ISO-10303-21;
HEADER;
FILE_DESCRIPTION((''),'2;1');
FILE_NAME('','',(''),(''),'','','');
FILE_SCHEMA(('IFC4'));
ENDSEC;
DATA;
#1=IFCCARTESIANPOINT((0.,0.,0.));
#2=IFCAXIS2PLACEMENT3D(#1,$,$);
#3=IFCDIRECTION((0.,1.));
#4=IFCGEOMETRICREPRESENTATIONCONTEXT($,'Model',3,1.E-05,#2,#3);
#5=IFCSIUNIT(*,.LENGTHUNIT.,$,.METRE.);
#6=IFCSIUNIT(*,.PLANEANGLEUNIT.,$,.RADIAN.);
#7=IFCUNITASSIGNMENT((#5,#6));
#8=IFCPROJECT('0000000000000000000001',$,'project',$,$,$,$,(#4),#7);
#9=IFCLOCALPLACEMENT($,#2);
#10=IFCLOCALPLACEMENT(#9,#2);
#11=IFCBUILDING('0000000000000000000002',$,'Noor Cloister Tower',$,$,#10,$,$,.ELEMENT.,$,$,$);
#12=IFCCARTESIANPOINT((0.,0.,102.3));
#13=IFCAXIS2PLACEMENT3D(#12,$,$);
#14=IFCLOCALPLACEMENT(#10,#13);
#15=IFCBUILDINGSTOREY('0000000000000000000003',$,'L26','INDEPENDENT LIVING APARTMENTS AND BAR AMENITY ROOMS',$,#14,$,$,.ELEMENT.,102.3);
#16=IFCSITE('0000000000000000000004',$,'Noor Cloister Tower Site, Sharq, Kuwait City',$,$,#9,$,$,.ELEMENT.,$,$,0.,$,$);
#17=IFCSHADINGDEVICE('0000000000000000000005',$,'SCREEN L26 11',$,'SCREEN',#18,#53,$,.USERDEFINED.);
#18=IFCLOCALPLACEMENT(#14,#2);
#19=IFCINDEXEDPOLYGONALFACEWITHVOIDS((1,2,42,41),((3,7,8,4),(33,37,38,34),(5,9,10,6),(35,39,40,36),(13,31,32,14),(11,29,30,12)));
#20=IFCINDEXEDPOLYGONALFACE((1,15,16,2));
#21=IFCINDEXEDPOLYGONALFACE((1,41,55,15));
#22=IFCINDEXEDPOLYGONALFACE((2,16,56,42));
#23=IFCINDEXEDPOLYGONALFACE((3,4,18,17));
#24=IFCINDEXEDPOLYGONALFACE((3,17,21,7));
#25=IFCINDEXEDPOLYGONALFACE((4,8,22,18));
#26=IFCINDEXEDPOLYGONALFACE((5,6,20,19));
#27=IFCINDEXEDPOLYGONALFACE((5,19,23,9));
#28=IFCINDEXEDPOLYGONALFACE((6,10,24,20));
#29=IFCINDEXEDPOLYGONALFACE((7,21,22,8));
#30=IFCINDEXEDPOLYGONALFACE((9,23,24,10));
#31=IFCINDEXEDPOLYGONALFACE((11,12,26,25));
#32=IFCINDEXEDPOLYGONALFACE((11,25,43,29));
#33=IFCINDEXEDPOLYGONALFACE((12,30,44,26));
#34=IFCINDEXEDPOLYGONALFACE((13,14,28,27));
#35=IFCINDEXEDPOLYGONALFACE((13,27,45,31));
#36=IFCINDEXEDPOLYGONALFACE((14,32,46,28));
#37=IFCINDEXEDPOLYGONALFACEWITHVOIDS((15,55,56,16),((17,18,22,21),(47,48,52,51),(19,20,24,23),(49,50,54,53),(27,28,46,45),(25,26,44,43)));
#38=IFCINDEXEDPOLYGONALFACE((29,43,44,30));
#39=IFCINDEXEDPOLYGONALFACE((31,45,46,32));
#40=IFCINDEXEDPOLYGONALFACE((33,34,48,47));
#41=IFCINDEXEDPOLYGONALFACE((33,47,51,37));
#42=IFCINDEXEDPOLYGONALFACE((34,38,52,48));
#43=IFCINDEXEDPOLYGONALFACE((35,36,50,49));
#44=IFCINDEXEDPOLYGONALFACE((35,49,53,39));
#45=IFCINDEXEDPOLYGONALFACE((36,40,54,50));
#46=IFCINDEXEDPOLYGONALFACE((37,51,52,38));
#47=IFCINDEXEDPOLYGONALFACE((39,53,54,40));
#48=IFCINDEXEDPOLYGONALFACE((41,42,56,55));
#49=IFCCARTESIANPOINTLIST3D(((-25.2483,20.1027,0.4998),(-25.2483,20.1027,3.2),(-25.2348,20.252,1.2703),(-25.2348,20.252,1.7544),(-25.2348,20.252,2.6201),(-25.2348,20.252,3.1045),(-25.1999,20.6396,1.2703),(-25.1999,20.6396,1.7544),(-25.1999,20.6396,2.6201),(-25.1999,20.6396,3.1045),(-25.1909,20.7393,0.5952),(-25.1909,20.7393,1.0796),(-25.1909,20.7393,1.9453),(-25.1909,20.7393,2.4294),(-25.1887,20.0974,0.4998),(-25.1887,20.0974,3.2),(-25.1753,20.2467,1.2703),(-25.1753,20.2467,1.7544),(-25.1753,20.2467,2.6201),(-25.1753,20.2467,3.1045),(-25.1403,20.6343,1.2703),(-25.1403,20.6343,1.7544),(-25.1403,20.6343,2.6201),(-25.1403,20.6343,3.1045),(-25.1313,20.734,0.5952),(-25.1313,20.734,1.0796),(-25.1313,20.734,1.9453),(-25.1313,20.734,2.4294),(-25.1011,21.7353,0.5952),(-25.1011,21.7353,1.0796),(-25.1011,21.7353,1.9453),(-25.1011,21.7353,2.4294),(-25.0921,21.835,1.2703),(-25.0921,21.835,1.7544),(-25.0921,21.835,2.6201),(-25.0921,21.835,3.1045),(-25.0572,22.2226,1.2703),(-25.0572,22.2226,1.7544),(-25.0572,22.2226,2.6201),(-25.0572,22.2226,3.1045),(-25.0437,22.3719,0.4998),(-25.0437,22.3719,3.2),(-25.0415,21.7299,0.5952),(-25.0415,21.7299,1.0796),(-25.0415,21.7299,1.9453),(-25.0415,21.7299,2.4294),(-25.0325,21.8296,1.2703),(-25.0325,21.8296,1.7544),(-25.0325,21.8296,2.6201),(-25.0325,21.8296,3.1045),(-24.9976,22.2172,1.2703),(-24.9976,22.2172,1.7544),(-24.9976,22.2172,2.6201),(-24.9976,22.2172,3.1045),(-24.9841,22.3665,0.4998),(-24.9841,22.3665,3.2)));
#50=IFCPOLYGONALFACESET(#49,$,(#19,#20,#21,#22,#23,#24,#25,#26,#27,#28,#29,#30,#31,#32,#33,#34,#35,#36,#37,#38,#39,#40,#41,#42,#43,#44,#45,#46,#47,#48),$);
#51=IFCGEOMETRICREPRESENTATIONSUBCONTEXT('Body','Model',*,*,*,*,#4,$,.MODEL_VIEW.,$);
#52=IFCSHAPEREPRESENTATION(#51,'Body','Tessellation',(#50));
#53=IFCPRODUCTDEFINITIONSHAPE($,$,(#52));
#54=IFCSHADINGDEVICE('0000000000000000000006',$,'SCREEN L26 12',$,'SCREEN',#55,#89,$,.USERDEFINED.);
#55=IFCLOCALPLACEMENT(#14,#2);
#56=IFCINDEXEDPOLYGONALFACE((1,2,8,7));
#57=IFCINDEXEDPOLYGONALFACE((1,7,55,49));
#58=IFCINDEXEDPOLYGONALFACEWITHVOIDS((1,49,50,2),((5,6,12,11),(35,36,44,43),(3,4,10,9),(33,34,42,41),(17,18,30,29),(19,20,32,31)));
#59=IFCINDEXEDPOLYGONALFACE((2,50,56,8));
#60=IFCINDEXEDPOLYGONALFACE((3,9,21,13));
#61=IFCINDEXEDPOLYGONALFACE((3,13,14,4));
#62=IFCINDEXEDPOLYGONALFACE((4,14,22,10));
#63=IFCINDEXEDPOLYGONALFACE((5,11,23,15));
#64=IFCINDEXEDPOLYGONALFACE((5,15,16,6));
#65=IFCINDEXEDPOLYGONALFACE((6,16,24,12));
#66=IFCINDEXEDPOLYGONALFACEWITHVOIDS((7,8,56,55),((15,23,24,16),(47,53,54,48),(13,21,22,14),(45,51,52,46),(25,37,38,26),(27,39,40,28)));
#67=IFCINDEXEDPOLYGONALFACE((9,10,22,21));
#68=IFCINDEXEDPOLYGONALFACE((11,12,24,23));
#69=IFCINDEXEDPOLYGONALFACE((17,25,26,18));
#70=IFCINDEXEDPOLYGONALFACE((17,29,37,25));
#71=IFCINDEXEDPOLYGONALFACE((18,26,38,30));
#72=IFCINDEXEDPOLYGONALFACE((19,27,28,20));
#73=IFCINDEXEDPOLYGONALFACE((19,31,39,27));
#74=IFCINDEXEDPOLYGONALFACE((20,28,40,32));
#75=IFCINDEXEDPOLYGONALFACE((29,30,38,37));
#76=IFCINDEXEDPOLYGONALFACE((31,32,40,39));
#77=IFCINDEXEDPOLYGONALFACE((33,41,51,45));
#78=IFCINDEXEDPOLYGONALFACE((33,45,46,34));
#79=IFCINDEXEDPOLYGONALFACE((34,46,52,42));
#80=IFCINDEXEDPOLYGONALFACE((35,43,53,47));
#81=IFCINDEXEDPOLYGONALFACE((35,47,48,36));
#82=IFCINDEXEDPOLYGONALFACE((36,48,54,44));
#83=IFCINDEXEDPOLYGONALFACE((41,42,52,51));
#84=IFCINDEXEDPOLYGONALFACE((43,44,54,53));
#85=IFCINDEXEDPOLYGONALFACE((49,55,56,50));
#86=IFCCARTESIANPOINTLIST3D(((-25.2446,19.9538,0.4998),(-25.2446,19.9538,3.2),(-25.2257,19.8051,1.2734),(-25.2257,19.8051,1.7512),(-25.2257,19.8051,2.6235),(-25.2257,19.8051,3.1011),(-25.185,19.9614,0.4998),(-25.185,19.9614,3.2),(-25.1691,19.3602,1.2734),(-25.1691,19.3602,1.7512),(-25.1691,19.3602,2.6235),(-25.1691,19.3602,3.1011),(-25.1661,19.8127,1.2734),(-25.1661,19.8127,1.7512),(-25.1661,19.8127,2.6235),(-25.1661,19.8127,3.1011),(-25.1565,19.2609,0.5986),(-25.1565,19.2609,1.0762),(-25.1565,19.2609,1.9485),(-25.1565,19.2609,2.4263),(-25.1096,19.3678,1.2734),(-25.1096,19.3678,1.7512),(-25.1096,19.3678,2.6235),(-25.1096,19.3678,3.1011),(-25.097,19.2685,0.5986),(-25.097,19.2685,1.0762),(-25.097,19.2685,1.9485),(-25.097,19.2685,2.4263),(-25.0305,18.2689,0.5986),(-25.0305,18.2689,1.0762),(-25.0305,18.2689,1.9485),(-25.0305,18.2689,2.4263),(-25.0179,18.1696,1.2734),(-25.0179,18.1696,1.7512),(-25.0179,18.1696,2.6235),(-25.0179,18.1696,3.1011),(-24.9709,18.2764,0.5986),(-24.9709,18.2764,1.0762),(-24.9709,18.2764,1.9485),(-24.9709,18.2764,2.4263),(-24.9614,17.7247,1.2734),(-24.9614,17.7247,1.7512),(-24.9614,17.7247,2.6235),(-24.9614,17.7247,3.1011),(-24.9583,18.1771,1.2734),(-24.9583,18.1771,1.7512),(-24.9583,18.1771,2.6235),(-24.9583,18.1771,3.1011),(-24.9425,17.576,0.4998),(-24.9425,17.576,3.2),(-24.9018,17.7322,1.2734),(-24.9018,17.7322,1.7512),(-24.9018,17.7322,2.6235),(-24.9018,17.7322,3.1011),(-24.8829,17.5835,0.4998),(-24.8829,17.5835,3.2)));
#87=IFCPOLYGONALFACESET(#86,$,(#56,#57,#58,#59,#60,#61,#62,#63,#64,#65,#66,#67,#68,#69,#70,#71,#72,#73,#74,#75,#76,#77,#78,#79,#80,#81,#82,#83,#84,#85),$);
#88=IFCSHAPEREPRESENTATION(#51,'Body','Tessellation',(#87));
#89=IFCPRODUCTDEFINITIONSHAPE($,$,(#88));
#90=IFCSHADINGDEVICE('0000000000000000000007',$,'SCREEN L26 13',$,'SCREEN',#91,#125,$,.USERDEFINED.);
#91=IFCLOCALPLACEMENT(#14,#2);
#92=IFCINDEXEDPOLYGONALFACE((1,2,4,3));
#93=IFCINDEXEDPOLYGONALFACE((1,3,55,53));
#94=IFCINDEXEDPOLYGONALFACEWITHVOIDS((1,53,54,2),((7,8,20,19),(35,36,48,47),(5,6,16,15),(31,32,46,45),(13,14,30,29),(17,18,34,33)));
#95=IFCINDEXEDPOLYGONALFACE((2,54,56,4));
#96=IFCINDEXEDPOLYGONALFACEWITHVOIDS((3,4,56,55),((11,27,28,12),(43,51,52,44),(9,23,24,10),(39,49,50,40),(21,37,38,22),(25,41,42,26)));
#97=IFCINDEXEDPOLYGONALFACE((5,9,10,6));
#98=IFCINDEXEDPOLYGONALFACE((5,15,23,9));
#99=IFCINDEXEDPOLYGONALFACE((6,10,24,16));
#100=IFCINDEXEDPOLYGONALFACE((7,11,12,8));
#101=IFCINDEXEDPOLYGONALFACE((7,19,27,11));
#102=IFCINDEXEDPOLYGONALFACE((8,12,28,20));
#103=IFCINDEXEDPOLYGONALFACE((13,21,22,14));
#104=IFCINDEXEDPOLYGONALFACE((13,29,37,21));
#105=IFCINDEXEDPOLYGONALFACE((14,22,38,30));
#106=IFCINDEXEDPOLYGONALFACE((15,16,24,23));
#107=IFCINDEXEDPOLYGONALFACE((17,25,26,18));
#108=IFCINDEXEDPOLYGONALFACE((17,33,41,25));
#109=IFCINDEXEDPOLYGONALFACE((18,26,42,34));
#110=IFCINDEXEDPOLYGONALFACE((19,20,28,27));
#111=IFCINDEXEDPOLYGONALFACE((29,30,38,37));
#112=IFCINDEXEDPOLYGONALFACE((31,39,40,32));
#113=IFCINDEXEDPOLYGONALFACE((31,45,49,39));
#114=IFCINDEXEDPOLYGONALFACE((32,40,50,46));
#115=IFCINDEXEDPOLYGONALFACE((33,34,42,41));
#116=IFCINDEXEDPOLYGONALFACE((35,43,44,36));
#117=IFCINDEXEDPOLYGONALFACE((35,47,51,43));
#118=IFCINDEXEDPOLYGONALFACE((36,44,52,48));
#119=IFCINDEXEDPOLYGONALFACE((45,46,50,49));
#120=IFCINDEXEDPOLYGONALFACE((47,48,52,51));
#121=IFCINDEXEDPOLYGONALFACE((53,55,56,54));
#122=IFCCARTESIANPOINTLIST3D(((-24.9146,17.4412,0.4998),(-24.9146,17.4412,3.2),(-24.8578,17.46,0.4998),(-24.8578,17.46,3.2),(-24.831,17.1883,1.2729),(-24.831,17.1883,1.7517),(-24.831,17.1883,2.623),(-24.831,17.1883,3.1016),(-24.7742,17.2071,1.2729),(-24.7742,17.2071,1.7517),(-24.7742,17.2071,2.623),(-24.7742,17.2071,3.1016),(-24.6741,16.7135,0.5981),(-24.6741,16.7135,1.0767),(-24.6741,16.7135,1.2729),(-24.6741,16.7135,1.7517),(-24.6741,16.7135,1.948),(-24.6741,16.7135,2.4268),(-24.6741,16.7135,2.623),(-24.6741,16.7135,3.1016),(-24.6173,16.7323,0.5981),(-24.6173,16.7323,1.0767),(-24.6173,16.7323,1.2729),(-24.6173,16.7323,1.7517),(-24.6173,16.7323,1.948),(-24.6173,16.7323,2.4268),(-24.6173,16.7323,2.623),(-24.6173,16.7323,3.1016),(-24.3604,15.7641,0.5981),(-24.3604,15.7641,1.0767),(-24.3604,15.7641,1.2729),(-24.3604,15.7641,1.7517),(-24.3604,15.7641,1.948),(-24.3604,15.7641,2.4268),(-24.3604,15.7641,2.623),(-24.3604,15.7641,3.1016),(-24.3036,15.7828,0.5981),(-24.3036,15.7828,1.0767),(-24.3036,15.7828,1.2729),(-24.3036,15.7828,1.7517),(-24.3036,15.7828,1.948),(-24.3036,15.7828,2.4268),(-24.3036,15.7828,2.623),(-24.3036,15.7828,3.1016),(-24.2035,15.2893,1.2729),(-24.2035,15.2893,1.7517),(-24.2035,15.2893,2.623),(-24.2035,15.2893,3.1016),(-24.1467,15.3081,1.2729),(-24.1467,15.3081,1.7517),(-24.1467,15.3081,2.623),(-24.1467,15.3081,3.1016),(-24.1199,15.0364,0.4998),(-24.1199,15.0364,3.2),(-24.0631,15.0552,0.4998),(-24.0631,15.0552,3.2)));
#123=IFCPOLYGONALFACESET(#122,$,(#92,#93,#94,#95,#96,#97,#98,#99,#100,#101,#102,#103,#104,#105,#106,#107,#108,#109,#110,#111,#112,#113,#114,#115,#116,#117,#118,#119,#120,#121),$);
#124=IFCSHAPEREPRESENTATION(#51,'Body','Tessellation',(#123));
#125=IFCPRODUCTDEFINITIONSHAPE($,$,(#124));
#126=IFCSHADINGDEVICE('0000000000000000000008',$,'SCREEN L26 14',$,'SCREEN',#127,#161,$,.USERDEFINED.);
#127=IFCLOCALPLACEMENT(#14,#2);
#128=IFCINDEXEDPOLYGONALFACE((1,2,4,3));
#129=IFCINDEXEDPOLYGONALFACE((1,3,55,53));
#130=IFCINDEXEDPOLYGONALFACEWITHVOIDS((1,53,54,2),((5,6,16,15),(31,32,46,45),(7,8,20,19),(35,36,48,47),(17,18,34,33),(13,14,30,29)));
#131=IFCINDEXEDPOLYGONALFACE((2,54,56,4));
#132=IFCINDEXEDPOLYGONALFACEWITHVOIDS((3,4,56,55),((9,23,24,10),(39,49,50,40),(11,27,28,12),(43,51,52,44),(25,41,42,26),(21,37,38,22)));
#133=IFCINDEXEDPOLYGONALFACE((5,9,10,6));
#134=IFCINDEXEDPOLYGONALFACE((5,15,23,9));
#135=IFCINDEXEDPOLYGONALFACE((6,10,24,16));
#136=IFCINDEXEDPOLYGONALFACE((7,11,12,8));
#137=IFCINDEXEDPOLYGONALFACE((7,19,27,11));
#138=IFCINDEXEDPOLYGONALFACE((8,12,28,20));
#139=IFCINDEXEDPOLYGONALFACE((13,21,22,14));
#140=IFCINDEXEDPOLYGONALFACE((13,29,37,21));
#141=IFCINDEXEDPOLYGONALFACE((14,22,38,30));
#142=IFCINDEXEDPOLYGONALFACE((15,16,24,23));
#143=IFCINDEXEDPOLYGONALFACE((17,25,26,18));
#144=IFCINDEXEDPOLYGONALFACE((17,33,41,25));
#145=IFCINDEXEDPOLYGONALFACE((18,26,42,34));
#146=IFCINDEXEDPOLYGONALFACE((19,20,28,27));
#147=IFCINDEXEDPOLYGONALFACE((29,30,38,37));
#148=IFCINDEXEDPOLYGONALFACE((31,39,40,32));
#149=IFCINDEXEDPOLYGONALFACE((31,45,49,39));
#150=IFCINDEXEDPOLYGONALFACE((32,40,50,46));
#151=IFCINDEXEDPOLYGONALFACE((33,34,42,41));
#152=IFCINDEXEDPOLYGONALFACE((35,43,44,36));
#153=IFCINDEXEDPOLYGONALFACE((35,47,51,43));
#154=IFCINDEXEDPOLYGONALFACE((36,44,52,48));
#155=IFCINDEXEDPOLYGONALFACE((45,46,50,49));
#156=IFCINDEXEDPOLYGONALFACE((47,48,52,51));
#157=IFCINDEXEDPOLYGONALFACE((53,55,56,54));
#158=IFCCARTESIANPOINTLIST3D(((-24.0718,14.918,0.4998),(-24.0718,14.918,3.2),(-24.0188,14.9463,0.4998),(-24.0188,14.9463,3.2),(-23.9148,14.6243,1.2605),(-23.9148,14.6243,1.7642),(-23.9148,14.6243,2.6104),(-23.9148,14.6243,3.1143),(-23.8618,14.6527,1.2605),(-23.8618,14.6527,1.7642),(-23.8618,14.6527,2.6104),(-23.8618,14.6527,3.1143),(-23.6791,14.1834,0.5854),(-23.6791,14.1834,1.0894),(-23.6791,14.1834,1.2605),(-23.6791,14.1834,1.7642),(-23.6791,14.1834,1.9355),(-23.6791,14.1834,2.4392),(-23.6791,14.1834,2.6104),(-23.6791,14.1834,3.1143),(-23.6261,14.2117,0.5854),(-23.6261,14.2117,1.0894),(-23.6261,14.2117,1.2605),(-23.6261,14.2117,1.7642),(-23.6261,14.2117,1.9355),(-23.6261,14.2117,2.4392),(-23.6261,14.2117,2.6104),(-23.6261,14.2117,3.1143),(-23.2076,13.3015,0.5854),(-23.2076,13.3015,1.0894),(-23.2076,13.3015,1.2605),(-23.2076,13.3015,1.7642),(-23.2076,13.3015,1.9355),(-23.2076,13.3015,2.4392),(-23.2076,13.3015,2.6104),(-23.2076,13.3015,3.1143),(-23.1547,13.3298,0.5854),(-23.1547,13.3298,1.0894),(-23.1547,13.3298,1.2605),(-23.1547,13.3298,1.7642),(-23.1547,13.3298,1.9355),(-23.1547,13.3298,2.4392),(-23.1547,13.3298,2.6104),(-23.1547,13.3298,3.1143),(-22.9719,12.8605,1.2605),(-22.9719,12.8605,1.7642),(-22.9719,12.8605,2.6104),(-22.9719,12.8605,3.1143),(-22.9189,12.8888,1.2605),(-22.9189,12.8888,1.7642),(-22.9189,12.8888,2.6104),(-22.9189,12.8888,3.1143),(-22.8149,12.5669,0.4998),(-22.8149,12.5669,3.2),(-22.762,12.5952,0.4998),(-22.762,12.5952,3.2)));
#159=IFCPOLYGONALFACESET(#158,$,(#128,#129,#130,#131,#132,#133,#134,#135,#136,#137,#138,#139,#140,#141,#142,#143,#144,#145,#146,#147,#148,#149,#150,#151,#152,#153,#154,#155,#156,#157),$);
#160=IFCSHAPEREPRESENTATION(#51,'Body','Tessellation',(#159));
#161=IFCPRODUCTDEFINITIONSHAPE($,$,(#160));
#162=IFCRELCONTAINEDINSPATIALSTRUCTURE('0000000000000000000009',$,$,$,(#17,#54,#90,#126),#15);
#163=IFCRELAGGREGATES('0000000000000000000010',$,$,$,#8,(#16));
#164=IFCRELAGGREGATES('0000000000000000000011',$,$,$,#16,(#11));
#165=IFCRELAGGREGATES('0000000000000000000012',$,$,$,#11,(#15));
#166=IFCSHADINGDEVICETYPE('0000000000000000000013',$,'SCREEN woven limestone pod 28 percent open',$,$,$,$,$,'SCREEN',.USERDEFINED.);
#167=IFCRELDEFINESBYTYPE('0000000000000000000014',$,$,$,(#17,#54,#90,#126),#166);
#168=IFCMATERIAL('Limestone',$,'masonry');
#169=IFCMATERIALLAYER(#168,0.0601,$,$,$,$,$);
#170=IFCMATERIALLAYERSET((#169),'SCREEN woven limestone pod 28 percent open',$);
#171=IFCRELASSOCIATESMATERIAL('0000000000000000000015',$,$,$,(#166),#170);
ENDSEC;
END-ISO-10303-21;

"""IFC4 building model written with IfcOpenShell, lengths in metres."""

from ifc_helpers import new_model, si_unit, direction, frame, origin, place, context, subcontext, project, spatial, polyline, outline, extrude, material, layer, layer_set, type_object, element, save


model = new_model("IFC4")

# Units and contexts
model_context = context("Model", 3, precision=1e-05, world=origin(), true_north=direction((0.0, 1.0)))
body_context = subcontext(model_context, "Body", "Model", "MODEL_VIEW")
ifc_project = project(units=[si_unit("LENGTHUNIT", "METRE"), si_unit("PLANEANGLEUNIT", "RADIAN")], contexts=[model_context])

# Site, building, storey
site_placement = place(None, origin())
site = spatial("IfcSite", under=ifc_project, at=site_placement, Name="Noor Cloister Tower Site, Sharq, Kuwait City", CompositionType="ELEMENT", RefElevation=0.0)
building_placement = place(site_placement, origin())
building = spatial("IfcBuilding", under=site, at=building_placement, Name="Noor Cloister Tower", CompositionType="ELEMENT")
storey_placement = place(building_placement, frame((0.0, 0.0, 102.3)))
storey = spatial("IfcBuildingStorey", under=building, at=storey_placement, Name="L26", Description="INDEPENDENT LIVING APARTMENTS AND BAR AMENITY ROOMS", CompositionType="ELEMENT", Elevation=102.3)

# Shading devices
ifc_material_1 = material(Name="Limestone", Category="masonry")
ifc_layer_1 = layer(ifc_material_1, 0.0601)
ifc_layer_set_1 = layer_set([ifc_layer_1], Name="SCREEN woven limestone pod 28 percent open")
shading_device_type = type_object("IfcShadingDeviceType", Name="SCREEN woven limestone pod 28 percent open", ElementType="SCREEN", PredefinedType="USERDEFINED", material=ifc_layer_set_1)
shading_device_1_placement = place(storey_placement, frame((-25.0864, 21.2319, 1.8499), z_axis=(-0.99596, 0.0898, 0.0), x_axis=(-0.0898, -0.99596, 0.0)))
element("IfcShadingDevice", 1, at=shading_device_1_placement, inside=storey, type_object=shading_device_type, Name="SCREEN L26 11", ObjectType="SCREEN", PredefinedType="USERDEFINED", context=body_context, shape_type="SweptSolid", body=[
    extrude(outline(polyline([(-1.1392, -1.3501), (1.1392, -1.3501), (1.1392, 1.3501), (-1.1392, 1.3501), (-1.1392, -1.3501)]), holes=[polyline([(-0.5, -1.2546), (0.5, -1.2546), (0.5, -0.7703), (-0.5, -0.7703), (-0.5, -1.2546)]), polyline([(0.6001, -0.5796), (0.9893, -0.5796), (0.9893, -0.0955), (0.6001, -0.0955), (0.6001, -0.5796)]), polyline([(-0.9893, -0.5796), (-0.6001, -0.5796), (-0.6001, -0.0955), (-0.9893, -0.0955), (-0.9893, -0.5796)]), polyline([(-0.5, 0.0955), (0.5, 0.0955), (0.5, 0.5796), (-0.5, 0.5796), (-0.5, 0.0955)]), polyline([(0.6001, 0.7703), (0.9893, 0.7703), (0.9893, 1.2546), (0.6001, 1.2546), (0.6001, 0.7703)]), polyline([(-0.9893, 0.7703), (-0.6001, 0.7703), (-0.6001, 1.2546), (-0.9893, 1.2546), (-0.9893, 0.7703)])]), origin(), (0.0, 0.0, 1.0), 0.0598),
])
shading_device_2_placement = place(storey_placement, frame((-25.0339, 18.7725, 1.8499), z_axis=(-0.992026, -0.126036, 0.0), x_axis=(0.126036, -0.992026, 0.0)))
element("IfcShadingDevice", 2, at=shading_device_2_placement, inside=storey, type_object=shading_device_type, Name="SCREEN L26 12", ObjectType="SCREEN", PredefinedType="USERDEFINED", context=body_context, shape_type="SweptSolid", body=[
    extrude(outline(polyline([(-1.1985, -1.3501), (1.1985, -1.3501), (1.1985, 1.3501), (-1.1985, 1.3501), (-1.1985, -1.3501)]), holes=[polyline([(-0.5, -1.2512), (0.5, -1.2512), (0.5, -0.7737), (-0.5, -0.7737), (-0.5, -1.2512)]), polyline([(0.6001, -0.5764), (1.0486, -0.5764), (1.0486, -0.0986), (0.6001, -0.0986), (0.6001, -0.5764)]), polyline([(-1.0486, -0.5764), (-0.6001, -0.5764), (-0.6001, -0.0986), (-1.0486, -0.0986), (-1.0486, -0.5764)]), polyline([(-0.5, 0.0986), (0.5, 0.0986), (0.5, 0.5764), (-0.5, 0.5764), (-0.5, 0.0986)]), polyline([(0.6001, 0.7737), (1.0486, 0.7737), (1.0486, 1.2512), (0.6001, 1.2512), (0.6001, 0.7737)]), polyline([(-1.0486, 0.7737), (-0.6001, 0.7737), (-0.6001, 1.2512), (-1.0486, 1.2512), (-1.0486, 0.7737)])]), origin(), (0.0, 0.0, 1.0), 0.0601),
])
shading_device_3_placement = place(storey_placement, frame((-24.4604, 16.2576, 1.8499), z_axis=(-0.949495, -0.313782, 0.0), x_axis=(0.313782, -0.949495, 0.0)))
element("IfcShadingDevice", 3, at=shading_device_3_placement, inside=storey, type_object=shading_device_type, Name="SCREEN L26 13", ObjectType="SCREEN", PredefinedType="USERDEFINED", context=body_context, shape_type="SweptSolid", body=[
    extrude(outline(polyline([(-1.2664, -1.3501), (1.2664, -1.3501), (1.2664, 1.3501), (-1.2664, 1.3501), (-1.2664, -1.3501)]), holes=[polyline([(-0.5, -1.2517), (0.5, -1.2517), (0.5, -0.7732), (-0.5, -0.7732), (-0.5, -1.2517)]), polyline([(-1.0, -0.5769), (-0.5, -0.5769), (-0.5, -0.0981), (-1.0, -0.0981), (-1.0, -0.5769)]), polyline([(0.5, -0.5769), (1.0, -0.5769), (1.0, -0.0981), (0.5, -0.0981), (0.5, -0.5769)]), polyline([(-0.5, 0.0981), (0.5, 0.0981), (0.5, 0.5769), (-0.5, 0.5769), (-0.5, 0.0981)]), polyline([(-1.0, 0.7732), (-0.5, 0.7732), (-0.5, 1.2517), (-1.0, 1.2517), (-1.0, 0.7732)]), polyline([(0.5, 0.7732), (1.0, 0.7732), (1.0, 1.2517), (0.5, 1.2517), (0.5, 0.7732)])]), origin(), (0.0, 0.0, 1.0), 0.0598),
])
shading_device_4_placement = place(storey_placement, frame((-23.3904, 13.7708, 1.8499), z_axis=(-0.881903, -0.471432, 0.0), x_axis=(0.471432, -0.881903, 0.0)))
element("IfcShadingDevice", 4, at=shading_device_4_placement, inside=storey, type_object=shading_device_type, Name="SCREEN L26 14", ObjectType="SCREEN", PredefinedType="USERDEFINED", context=body_context, shape_type="SweptSolid", body=[
    extrude(outline(polyline([(-1.333, -1.3501), (1.333, -1.3501), (1.333, 1.3501), (-1.333, 1.3501), (-1.333, -1.3501)]), holes=[polyline([(-0.5, -1.2644), (0.5, -1.2644), (0.5, -0.7605), (-0.5, -0.7605), (-0.5, -1.2644)]), polyline([(-1.0, -0.5894), (-0.5, -0.5894), (-0.5, -0.0857), (-1.0, -0.0857), (-1.0, -0.5894)]), polyline([(0.5, -0.5894), (1.0, -0.5894), (1.0, -0.0857), (0.5, -0.0857), (0.5, -0.5894)]), polyline([(-0.5, 0.0857), (0.5, 0.0857), (0.5, 0.5894), (-0.5, 0.5894), (-0.5, 0.0857)]), polyline([(-1.0, 0.7605), (-0.5, 0.7605), (-0.5, 1.2644), (-1.0, 1.2644), (-1.0, 0.7605)]), polyline([(0.5, 0.7605), (1.0, 0.7605), (1.0, 1.2644), (0.5, 1.2644), (0.5, 0.7605)])]), origin(), (0.0, 0.0, 1.0), 0.0601),
])

save(model, "model.ifc")
